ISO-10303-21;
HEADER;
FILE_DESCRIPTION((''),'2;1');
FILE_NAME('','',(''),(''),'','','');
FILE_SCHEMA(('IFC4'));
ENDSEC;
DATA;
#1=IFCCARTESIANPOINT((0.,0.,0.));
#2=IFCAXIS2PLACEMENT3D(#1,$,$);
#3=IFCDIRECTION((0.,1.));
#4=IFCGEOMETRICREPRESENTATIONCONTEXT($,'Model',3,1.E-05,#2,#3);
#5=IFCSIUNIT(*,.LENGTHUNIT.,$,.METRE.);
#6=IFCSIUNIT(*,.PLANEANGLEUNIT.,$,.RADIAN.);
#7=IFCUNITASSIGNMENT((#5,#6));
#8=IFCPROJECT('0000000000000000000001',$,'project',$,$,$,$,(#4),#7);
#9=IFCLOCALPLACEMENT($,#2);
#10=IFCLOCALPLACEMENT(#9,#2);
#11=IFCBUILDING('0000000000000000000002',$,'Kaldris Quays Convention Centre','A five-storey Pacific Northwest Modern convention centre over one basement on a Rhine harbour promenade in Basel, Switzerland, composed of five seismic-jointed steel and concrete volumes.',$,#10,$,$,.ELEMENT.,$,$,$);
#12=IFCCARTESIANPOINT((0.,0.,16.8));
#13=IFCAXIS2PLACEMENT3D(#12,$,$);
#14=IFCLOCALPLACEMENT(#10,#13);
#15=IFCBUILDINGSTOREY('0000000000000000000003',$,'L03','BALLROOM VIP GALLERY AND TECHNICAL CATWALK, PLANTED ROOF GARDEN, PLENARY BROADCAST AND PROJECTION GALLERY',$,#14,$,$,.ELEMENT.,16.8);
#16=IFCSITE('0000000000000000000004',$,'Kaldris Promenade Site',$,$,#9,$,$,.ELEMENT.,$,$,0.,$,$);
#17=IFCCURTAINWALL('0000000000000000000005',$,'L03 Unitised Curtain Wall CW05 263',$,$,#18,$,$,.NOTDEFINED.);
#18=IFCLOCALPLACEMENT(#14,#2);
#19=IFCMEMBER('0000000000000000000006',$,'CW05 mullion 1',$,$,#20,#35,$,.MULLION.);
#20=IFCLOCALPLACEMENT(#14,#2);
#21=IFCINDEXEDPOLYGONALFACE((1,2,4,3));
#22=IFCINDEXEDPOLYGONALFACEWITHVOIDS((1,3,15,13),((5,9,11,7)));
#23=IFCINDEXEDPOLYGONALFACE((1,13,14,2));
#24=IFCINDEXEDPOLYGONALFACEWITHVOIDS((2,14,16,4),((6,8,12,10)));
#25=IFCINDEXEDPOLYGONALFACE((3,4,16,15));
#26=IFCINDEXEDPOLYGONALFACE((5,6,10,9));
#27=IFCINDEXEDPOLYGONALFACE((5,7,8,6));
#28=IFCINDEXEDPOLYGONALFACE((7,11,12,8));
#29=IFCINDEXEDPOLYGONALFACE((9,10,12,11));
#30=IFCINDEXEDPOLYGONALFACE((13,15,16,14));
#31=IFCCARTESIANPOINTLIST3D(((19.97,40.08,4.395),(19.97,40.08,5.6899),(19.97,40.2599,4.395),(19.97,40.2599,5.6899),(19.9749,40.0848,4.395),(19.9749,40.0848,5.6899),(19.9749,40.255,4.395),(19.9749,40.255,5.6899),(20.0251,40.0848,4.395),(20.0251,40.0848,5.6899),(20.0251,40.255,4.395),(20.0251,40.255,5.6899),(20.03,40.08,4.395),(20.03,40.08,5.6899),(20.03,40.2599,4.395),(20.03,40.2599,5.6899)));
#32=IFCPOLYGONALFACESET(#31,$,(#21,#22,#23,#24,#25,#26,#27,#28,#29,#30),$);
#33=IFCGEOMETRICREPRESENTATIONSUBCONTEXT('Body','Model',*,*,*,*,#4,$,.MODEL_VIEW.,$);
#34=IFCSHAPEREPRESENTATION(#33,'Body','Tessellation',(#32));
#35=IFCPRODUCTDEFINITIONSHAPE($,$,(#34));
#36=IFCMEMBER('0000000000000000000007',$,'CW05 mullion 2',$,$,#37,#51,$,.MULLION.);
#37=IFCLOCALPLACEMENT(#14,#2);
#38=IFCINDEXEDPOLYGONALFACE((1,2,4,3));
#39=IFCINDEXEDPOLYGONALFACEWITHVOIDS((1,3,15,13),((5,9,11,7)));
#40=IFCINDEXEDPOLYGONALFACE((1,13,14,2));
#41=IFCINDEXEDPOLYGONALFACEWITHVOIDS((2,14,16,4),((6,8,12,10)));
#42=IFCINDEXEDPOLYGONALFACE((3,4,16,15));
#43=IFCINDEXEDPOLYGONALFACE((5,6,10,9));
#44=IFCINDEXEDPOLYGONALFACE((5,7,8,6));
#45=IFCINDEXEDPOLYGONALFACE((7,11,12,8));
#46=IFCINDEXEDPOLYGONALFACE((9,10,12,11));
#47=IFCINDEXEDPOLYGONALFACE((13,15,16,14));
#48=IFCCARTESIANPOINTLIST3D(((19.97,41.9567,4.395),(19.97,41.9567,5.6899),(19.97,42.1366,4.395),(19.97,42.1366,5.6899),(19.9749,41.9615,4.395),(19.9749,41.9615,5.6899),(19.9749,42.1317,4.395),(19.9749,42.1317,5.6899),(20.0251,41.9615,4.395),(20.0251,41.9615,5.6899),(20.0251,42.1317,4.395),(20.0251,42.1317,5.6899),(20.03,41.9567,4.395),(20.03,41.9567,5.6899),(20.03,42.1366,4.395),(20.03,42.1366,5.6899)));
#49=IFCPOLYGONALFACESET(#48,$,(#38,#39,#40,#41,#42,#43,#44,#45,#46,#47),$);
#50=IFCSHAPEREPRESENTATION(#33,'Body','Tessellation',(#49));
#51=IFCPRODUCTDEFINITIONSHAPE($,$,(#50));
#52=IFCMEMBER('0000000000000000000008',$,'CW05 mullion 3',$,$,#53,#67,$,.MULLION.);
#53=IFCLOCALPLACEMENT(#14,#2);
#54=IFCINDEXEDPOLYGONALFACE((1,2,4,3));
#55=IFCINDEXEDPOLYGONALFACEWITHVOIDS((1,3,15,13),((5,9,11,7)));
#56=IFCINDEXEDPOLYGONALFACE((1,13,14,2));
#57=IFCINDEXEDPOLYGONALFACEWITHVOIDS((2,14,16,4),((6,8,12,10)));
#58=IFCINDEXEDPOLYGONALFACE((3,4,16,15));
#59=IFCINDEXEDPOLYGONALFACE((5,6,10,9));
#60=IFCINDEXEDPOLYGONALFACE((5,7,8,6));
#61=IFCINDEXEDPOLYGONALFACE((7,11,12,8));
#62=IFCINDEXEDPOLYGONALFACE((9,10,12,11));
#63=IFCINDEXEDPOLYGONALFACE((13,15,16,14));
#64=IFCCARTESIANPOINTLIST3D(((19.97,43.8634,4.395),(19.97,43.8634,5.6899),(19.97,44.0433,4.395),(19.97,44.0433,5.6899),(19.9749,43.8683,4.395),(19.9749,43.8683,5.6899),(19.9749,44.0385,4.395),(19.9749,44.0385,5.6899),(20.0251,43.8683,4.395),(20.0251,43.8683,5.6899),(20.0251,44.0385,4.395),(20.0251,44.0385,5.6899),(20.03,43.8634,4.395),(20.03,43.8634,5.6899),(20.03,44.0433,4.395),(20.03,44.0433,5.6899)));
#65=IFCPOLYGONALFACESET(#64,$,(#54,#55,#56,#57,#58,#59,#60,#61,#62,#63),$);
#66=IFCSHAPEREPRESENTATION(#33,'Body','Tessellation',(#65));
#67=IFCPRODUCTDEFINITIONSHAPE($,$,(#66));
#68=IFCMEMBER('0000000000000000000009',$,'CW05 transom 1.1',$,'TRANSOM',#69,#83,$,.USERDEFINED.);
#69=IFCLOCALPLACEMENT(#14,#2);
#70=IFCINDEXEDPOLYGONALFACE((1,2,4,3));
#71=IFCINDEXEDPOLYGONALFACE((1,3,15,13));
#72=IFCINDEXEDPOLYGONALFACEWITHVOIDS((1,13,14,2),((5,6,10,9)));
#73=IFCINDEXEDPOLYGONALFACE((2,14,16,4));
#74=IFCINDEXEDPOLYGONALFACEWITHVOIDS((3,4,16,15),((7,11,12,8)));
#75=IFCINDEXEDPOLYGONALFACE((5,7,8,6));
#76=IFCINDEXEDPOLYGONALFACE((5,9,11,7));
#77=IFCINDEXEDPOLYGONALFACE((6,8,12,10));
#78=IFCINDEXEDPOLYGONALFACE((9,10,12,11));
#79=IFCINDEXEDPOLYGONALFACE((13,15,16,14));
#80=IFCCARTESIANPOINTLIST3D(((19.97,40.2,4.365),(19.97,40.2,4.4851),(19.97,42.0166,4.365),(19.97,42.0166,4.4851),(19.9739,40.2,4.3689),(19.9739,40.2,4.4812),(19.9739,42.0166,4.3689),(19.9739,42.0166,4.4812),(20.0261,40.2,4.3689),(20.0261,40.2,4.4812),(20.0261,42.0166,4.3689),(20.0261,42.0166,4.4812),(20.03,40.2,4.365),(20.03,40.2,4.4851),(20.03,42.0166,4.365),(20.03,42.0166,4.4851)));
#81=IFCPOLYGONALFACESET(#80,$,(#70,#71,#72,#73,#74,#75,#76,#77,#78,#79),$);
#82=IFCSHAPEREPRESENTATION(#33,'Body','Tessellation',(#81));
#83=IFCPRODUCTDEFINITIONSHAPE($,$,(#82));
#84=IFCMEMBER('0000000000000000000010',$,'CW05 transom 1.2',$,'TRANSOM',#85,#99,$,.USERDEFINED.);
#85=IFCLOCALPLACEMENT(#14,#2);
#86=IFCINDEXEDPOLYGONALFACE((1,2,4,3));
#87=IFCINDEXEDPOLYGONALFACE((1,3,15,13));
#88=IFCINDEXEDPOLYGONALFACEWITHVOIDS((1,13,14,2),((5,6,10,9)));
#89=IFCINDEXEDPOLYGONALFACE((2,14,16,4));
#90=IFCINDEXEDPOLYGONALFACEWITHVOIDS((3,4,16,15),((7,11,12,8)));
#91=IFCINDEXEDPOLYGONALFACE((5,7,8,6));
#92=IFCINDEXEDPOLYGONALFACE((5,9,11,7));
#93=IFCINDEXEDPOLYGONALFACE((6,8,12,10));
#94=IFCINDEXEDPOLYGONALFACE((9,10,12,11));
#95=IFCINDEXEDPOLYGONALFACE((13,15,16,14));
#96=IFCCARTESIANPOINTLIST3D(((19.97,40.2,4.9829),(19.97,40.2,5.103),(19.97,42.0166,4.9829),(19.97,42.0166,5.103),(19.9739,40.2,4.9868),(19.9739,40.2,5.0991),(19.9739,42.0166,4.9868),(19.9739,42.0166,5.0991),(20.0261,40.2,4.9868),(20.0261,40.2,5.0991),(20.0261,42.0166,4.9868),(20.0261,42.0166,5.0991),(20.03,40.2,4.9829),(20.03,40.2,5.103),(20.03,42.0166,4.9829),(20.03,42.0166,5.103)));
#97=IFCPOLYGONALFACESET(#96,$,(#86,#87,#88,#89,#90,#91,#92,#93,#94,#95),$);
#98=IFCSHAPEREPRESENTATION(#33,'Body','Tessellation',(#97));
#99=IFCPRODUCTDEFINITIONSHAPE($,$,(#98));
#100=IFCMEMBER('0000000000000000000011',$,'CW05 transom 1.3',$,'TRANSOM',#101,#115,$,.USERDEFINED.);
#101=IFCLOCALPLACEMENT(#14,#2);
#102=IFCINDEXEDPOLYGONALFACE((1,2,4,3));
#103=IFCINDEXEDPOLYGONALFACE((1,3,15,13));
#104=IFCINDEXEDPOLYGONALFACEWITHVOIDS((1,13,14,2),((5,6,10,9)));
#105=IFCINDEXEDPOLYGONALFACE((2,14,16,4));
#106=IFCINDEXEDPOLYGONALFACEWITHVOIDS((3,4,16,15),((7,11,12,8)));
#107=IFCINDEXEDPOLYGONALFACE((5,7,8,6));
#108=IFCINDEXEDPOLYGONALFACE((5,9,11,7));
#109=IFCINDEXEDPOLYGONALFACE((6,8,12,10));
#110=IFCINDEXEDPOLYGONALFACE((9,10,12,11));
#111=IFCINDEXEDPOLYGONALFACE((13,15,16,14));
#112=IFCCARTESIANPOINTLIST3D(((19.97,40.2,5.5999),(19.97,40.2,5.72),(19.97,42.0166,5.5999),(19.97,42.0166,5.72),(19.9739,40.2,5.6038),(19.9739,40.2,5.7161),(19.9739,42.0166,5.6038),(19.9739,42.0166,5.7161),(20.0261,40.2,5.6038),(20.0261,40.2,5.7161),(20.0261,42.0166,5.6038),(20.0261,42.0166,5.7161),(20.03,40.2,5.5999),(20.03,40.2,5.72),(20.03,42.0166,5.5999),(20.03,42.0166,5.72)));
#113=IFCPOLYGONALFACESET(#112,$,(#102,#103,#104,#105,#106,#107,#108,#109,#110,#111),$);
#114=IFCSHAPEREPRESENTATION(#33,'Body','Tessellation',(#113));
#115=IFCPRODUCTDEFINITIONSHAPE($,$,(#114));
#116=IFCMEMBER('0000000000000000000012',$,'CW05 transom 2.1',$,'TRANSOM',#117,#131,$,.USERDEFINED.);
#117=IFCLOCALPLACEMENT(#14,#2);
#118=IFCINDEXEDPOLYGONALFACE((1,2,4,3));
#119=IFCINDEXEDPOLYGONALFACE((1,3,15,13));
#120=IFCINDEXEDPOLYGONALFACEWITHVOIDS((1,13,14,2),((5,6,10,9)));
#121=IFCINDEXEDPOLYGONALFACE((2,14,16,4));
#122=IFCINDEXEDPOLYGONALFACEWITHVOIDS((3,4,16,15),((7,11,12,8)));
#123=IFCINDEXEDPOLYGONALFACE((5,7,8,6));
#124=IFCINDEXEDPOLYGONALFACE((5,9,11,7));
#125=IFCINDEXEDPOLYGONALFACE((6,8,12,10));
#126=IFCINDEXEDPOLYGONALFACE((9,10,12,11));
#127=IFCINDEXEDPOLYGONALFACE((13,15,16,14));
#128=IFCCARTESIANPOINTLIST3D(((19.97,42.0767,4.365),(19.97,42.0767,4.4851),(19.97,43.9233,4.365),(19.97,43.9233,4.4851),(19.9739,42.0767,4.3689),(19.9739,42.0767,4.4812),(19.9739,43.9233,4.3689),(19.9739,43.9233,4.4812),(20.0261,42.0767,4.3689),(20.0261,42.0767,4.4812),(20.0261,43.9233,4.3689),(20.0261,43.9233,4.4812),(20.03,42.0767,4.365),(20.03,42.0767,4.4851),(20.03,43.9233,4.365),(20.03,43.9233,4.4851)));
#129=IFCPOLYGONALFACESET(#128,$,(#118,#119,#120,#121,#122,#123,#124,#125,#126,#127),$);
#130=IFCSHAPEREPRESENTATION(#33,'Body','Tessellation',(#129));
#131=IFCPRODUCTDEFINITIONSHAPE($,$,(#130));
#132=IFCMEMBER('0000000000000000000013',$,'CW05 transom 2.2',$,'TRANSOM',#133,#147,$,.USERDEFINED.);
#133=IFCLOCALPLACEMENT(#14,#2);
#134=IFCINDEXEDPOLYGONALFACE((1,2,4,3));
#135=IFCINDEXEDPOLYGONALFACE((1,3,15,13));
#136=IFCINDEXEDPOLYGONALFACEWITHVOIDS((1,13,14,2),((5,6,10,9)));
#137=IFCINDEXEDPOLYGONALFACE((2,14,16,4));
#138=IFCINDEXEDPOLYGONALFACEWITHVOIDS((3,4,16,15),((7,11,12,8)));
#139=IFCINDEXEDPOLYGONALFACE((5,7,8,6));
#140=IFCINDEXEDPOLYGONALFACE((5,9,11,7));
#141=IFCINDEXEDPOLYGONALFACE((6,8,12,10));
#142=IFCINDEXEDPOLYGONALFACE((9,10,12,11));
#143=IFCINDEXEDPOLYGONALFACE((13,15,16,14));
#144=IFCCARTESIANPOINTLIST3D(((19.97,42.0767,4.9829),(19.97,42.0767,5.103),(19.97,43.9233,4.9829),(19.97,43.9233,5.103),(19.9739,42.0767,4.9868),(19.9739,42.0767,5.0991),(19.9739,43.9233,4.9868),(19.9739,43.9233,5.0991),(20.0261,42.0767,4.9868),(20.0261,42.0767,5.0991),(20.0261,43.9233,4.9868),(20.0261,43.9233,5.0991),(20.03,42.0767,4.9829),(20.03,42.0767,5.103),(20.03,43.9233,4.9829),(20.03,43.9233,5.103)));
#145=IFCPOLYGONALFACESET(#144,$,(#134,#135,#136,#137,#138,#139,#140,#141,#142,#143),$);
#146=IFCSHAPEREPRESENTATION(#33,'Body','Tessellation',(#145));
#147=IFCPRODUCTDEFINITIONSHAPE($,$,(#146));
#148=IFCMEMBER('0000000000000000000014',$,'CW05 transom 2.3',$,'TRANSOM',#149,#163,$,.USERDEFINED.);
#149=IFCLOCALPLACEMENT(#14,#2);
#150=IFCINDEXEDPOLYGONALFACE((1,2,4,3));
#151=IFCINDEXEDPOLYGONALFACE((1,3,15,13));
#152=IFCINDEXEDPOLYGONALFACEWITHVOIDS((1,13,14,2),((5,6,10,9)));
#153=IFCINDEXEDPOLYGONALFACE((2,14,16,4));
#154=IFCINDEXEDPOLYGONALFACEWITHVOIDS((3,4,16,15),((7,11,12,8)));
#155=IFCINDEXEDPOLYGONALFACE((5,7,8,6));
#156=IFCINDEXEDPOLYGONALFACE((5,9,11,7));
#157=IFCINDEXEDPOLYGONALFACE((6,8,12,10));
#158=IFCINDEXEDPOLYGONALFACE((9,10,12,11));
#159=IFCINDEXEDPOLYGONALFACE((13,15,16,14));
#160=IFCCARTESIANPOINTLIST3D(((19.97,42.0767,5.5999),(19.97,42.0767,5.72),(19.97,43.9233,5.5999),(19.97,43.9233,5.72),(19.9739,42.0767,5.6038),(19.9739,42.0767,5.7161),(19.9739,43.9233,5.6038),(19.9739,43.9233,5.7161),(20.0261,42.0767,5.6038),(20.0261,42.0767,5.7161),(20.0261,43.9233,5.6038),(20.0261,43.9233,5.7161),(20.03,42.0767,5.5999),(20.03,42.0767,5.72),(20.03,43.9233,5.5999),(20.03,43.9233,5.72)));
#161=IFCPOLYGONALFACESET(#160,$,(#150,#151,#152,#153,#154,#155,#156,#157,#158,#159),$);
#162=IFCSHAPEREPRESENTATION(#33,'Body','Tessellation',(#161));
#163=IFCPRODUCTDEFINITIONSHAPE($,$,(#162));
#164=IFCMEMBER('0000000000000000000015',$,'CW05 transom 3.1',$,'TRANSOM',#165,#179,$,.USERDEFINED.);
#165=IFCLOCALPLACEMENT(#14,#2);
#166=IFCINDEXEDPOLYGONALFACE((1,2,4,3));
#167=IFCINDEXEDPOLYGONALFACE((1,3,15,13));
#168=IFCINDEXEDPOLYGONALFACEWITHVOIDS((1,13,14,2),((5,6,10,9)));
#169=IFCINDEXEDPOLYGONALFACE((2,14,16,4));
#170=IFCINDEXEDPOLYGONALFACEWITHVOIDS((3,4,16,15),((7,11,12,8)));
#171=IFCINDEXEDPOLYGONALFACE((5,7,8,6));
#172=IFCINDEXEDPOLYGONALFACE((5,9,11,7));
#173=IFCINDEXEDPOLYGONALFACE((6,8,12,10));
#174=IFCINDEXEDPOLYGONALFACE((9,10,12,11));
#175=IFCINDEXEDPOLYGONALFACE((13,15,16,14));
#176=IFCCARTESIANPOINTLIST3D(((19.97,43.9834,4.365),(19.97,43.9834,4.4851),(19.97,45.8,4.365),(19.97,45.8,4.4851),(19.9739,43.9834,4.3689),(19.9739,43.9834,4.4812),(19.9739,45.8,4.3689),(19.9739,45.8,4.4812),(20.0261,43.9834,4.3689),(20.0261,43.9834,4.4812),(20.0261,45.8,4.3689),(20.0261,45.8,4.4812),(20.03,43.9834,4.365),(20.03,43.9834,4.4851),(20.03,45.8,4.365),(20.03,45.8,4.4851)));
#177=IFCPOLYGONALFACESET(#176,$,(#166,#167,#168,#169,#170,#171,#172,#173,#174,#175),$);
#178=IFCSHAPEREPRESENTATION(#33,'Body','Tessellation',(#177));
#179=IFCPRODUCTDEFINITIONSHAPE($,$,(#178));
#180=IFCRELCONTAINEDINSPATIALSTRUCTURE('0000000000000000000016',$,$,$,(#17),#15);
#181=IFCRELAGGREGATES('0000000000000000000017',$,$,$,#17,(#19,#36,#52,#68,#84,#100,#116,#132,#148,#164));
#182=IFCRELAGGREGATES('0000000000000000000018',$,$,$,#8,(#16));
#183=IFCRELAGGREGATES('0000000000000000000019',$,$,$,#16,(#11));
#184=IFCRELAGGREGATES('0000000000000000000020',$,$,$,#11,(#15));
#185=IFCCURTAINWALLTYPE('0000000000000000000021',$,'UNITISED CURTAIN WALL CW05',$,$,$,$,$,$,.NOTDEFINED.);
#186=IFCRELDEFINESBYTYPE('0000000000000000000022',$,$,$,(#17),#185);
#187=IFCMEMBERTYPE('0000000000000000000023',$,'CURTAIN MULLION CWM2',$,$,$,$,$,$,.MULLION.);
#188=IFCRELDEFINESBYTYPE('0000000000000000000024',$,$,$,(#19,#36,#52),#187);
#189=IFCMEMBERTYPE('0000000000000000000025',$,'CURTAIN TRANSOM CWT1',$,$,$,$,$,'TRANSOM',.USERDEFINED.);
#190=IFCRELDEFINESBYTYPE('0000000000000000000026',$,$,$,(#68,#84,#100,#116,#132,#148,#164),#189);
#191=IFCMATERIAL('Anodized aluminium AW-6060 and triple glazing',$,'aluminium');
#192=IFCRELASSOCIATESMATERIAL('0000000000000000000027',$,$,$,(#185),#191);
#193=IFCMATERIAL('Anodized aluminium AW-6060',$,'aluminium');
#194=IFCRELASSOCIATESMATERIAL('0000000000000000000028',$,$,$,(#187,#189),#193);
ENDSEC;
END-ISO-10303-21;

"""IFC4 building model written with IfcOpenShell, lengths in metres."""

from ifc_helpers import new_model, si_unit, direction, frame, origin, origin_2d, place, context, subcontext, project, spatial, hollow_rectangle, extrude, material, material_profile, profile_set, type_object, element, aggregate, save


model = new_model("IFC4")

# Units and contexts
model_context = context("Model", 3, precision=1e-05, world=origin(), true_north=direction((0.0, 1.0)))
body_context = subcontext(model_context, "Body", "Model", "MODEL_VIEW")
ifc_project = project(units=[si_unit("LENGTHUNIT", "METRE"), si_unit("PLANEANGLEUNIT", "RADIAN")], contexts=[model_context])

# Site, building, storey
site_placement = place(None, origin())
site = spatial("IfcSite", under=ifc_project, at=site_placement, Name="Kaldris Promenade Site", CompositionType="ELEMENT", RefElevation=0.0)
building_placement = place(site_placement, origin())
building = spatial("IfcBuilding", under=site, at=building_placement, Name="Kaldris Quays Convention Centre", Description="A five-storey Pacific Northwest Modern convention centre over one basement on a Rhine harbour promenade in Basel, Switzerland, composed of five seismic-jointed steel and concrete volumes.", CompositionType="ELEMENT")
storey_placement = place(building_placement, frame((0.0, 0.0, 16.8)))
storey = spatial("IfcBuildingStorey", under=building, at=storey_placement, Name="L03", Description="BALLROOM VIP GALLERY AND TECHNICAL CATWALK, PLANTED ROOF GARDEN, PLENARY BROADCAST AND PROJECTION GALLERY", CompositionType="ELEMENT", Elevation=16.8)

# Curtain wall, members
ifc_material_1 = material(Name="Anodized aluminium AW-6060 and triple glazing", Category="aluminium")
curtain_wall_type = type_object("IfcCurtainWallType", Name="UNITISED CURTAIN WALL CW05", PredefinedType="NOTDEFINED", material=ifc_material_1)
curtain_wall_placement = place(storey_placement, origin())
curtain_wall = element("IfcCurtainWall", 1, at=curtain_wall_placement, inside=storey, type_object=curtain_wall_type, Name="L03 Unitised Curtain Wall CW05 263", PredefinedType="NOTDEFINED")
ifc_material_2 = material(Name="Anodized aluminium AW-6060", Category="aluminium")
ifc_material_profile_1 = material_profile(ifc_material_2, hollow_rectangle(XDim=0.0601, YDim=0.1799, WallThickness=0.0049, at=origin_2d()), Name="RHS 180x60x5")
ifc_profile_set_1 = profile_set([ifc_material_profile_1], Name="Anodized aluminium AW-6060")
member_type_1 = type_object("IfcMemberType", Name="CURTAIN MULLION CWM2", PredefinedType="MULLION", material=ifc_profile_set_1)
member_1_placement = place(storey_placement, frame((20.0, 40.1699, 4.395), z_axis=(0.0, 0.0, 1.0), x_axis=(-1.0, 0.0, 0.0)))
member_1 = element("IfcMember", 2, at=member_1_placement, type_object=member_type_1, Name="CW05 mullion 1", PredefinedType="MULLION", context=body_context, shape_type="SweptSolid", body=[
    extrude(hollow_rectangle(XDim=0.0601, YDim=0.1799, WallThickness=0.0049, at=origin_2d()), origin(), (0.0, 0.0, 1.0), 1.2949),
])
member_2_placement = place(storey_placement, frame((20.0, 42.0466, 4.395), z_axis=(0.0, 0.0, 1.0), x_axis=(-1.0, 0.0, 0.0)))
member_2 = element("IfcMember", 3, at=member_2_placement, type_object=member_type_1, Name="CW05 mullion 2", PredefinedType="MULLION", context=body_context, shape_type="SweptSolid", body=[
    extrude(hollow_rectangle(XDim=0.0601, YDim=0.1799, WallThickness=0.0049, at=origin_2d()), origin(), (0.0, 0.0, 1.0), 1.2949),
])
member_3_placement = place(storey_placement, frame((20.0, 43.9534, 4.395), z_axis=(0.0, 0.0, 1.0), x_axis=(-1.0, 0.0, 0.0)))
member_3 = element("IfcMember", 4, at=member_3_placement, type_object=member_type_1, Name="CW05 mullion 3", PredefinedType="MULLION", context=body_context, shape_type="SweptSolid", body=[
    extrude(hollow_rectangle(XDim=0.0601, YDim=0.1799, WallThickness=0.0049, at=origin_2d()), origin(), (0.0, 0.0, 1.0), 1.2949),
])
ifc_material_profile_2 = material_profile(ifc_material_2, hollow_rectangle(XDim=0.0601, YDim=0.1201, WallThickness=0.0039, at=origin_2d()), Name="RHS 120x60x4")
ifc_profile_set_2 = profile_set([ifc_material_profile_2], Name="Anodized aluminium AW-6060")
member_type_2 = type_object("IfcMemberType", Name="CURTAIN TRANSOM CWT1", ElementType="TRANSOM", PredefinedType="USERDEFINED", material=ifc_profile_set_2)
member_4_placement = place(storey_placement, frame((20.0, 40.2, 4.425), z_axis=(0.0, 1.0, 0.0), x_axis=(-1.0, 0.0, 0.0)))
member_4 = element("IfcMember", 5, at=member_4_placement, type_object=member_type_2, Name="CW05 transom 1.1", ObjectType="TRANSOM", PredefinedType="USERDEFINED", context=body_context, shape_type="SweptSolid", body=[
    extrude(hollow_rectangle(XDim=0.0601, YDim=0.1201, WallThickness=0.0039, at=origin_2d()), origin(), (0.0, 0.0, 1.0), 1.8167),
])
member_5_placement = place(storey_placement, frame((20.0, 40.2, 5.043), z_axis=(0.0, 1.0, 0.0), x_axis=(-1.0, 0.0, 0.0)))
member_5 = element("IfcMember", 6, at=member_5_placement, type_object=member_type_2, Name="CW05 transom 1.2", ObjectType="TRANSOM", PredefinedType="USERDEFINED", context=body_context, shape_type="SweptSolid", body=[
    extrude(hollow_rectangle(XDim=0.0601, YDim=0.1201, WallThickness=0.0039, at=origin_2d()), origin(), (0.0, 0.0, 1.0), 1.8167),
])
member_6_placement = place(storey_placement, frame((20.0, 40.2, 5.6599), z_axis=(0.0, 1.0, 0.0), x_axis=(-1.0, 0.0, 0.0)))
member_6 = element("IfcMember", 7, at=member_6_placement, type_object=member_type_2, Name="CW05 transom 1.3", ObjectType="TRANSOM", PredefinedType="USERDEFINED", context=body_context, shape_type="SweptSolid", body=[
    extrude(hollow_rectangle(XDim=0.0601, YDim=0.1201, WallThickness=0.0039, at=origin_2d()), origin(), (0.0, 0.0, 1.0), 1.8167),
])
member_7_placement = place(storey_placement, frame((20.0, 42.0767, 4.425), z_axis=(0.0, 1.0, 0.0), x_axis=(-1.0, 0.0, 0.0)))
member_7 = element("IfcMember", 8, at=member_7_placement, type_object=member_type_2, Name="CW05 transom 2.1", ObjectType="TRANSOM", PredefinedType="USERDEFINED", context=body_context, shape_type="SweptSolid", body=[
    extrude(hollow_rectangle(XDim=0.0601, YDim=0.1201, WallThickness=0.0039, at=origin_2d()), origin(), (0.0, 0.0, 1.0), 1.8467),
])
member_8_placement = place(storey_placement, frame((20.0, 42.0767, 5.043), z_axis=(0.0, 1.0, 0.0), x_axis=(-1.0, 0.0, 0.0)))
member_8 = element("IfcMember", 9, at=member_8_placement, type_object=member_type_2, Name="CW05 transom 2.2", ObjectType="TRANSOM", PredefinedType="USERDEFINED", context=body_context, shape_type="SweptSolid", body=[
    extrude(hollow_rectangle(XDim=0.0601, YDim=0.1201, WallThickness=0.0039, at=origin_2d()), origin(), (0.0, 0.0, 1.0), 1.8467),
])
member_9_placement = place(storey_placement, frame((20.0, 42.0767, 5.6599), z_axis=(0.0, 1.0, 0.0), x_axis=(-1.0, 0.0, 0.0)))
member_9 = element("IfcMember", 10, at=member_9_placement, type_object=member_type_2, Name="CW05 transom 2.3", ObjectType="TRANSOM", PredefinedType="USERDEFINED", context=body_context, shape_type="SweptSolid", body=[
    extrude(hollow_rectangle(XDim=0.0601, YDim=0.1201, WallThickness=0.0039, at=origin_2d()), origin(), (0.0, 0.0, 1.0), 1.8467),
])
member_10_placement = place(storey_placement, frame((20.0, 43.9834, 4.425), z_axis=(0.0, 1.0, 0.0), x_axis=(-1.0, 0.0, 0.0)))
member_10 = element("IfcMember", 11, at=member_10_placement, type_object=member_type_2, Name="CW05 transom 3.1", ObjectType="TRANSOM", PredefinedType="USERDEFINED", context=body_context, shape_type="SweptSolid", body=[
    extrude(hollow_rectangle(XDim=0.0601, YDim=0.1201, WallThickness=0.0039, at=origin_2d()), origin(), (0.0, 0.0, 1.0), 1.8167),
])

aggregate(curtain_wall, [member_1, member_2, member_3, member_4, member_5, member_6, member_7, member_8, member_9, member_10])

save(model, "model.ifc")
